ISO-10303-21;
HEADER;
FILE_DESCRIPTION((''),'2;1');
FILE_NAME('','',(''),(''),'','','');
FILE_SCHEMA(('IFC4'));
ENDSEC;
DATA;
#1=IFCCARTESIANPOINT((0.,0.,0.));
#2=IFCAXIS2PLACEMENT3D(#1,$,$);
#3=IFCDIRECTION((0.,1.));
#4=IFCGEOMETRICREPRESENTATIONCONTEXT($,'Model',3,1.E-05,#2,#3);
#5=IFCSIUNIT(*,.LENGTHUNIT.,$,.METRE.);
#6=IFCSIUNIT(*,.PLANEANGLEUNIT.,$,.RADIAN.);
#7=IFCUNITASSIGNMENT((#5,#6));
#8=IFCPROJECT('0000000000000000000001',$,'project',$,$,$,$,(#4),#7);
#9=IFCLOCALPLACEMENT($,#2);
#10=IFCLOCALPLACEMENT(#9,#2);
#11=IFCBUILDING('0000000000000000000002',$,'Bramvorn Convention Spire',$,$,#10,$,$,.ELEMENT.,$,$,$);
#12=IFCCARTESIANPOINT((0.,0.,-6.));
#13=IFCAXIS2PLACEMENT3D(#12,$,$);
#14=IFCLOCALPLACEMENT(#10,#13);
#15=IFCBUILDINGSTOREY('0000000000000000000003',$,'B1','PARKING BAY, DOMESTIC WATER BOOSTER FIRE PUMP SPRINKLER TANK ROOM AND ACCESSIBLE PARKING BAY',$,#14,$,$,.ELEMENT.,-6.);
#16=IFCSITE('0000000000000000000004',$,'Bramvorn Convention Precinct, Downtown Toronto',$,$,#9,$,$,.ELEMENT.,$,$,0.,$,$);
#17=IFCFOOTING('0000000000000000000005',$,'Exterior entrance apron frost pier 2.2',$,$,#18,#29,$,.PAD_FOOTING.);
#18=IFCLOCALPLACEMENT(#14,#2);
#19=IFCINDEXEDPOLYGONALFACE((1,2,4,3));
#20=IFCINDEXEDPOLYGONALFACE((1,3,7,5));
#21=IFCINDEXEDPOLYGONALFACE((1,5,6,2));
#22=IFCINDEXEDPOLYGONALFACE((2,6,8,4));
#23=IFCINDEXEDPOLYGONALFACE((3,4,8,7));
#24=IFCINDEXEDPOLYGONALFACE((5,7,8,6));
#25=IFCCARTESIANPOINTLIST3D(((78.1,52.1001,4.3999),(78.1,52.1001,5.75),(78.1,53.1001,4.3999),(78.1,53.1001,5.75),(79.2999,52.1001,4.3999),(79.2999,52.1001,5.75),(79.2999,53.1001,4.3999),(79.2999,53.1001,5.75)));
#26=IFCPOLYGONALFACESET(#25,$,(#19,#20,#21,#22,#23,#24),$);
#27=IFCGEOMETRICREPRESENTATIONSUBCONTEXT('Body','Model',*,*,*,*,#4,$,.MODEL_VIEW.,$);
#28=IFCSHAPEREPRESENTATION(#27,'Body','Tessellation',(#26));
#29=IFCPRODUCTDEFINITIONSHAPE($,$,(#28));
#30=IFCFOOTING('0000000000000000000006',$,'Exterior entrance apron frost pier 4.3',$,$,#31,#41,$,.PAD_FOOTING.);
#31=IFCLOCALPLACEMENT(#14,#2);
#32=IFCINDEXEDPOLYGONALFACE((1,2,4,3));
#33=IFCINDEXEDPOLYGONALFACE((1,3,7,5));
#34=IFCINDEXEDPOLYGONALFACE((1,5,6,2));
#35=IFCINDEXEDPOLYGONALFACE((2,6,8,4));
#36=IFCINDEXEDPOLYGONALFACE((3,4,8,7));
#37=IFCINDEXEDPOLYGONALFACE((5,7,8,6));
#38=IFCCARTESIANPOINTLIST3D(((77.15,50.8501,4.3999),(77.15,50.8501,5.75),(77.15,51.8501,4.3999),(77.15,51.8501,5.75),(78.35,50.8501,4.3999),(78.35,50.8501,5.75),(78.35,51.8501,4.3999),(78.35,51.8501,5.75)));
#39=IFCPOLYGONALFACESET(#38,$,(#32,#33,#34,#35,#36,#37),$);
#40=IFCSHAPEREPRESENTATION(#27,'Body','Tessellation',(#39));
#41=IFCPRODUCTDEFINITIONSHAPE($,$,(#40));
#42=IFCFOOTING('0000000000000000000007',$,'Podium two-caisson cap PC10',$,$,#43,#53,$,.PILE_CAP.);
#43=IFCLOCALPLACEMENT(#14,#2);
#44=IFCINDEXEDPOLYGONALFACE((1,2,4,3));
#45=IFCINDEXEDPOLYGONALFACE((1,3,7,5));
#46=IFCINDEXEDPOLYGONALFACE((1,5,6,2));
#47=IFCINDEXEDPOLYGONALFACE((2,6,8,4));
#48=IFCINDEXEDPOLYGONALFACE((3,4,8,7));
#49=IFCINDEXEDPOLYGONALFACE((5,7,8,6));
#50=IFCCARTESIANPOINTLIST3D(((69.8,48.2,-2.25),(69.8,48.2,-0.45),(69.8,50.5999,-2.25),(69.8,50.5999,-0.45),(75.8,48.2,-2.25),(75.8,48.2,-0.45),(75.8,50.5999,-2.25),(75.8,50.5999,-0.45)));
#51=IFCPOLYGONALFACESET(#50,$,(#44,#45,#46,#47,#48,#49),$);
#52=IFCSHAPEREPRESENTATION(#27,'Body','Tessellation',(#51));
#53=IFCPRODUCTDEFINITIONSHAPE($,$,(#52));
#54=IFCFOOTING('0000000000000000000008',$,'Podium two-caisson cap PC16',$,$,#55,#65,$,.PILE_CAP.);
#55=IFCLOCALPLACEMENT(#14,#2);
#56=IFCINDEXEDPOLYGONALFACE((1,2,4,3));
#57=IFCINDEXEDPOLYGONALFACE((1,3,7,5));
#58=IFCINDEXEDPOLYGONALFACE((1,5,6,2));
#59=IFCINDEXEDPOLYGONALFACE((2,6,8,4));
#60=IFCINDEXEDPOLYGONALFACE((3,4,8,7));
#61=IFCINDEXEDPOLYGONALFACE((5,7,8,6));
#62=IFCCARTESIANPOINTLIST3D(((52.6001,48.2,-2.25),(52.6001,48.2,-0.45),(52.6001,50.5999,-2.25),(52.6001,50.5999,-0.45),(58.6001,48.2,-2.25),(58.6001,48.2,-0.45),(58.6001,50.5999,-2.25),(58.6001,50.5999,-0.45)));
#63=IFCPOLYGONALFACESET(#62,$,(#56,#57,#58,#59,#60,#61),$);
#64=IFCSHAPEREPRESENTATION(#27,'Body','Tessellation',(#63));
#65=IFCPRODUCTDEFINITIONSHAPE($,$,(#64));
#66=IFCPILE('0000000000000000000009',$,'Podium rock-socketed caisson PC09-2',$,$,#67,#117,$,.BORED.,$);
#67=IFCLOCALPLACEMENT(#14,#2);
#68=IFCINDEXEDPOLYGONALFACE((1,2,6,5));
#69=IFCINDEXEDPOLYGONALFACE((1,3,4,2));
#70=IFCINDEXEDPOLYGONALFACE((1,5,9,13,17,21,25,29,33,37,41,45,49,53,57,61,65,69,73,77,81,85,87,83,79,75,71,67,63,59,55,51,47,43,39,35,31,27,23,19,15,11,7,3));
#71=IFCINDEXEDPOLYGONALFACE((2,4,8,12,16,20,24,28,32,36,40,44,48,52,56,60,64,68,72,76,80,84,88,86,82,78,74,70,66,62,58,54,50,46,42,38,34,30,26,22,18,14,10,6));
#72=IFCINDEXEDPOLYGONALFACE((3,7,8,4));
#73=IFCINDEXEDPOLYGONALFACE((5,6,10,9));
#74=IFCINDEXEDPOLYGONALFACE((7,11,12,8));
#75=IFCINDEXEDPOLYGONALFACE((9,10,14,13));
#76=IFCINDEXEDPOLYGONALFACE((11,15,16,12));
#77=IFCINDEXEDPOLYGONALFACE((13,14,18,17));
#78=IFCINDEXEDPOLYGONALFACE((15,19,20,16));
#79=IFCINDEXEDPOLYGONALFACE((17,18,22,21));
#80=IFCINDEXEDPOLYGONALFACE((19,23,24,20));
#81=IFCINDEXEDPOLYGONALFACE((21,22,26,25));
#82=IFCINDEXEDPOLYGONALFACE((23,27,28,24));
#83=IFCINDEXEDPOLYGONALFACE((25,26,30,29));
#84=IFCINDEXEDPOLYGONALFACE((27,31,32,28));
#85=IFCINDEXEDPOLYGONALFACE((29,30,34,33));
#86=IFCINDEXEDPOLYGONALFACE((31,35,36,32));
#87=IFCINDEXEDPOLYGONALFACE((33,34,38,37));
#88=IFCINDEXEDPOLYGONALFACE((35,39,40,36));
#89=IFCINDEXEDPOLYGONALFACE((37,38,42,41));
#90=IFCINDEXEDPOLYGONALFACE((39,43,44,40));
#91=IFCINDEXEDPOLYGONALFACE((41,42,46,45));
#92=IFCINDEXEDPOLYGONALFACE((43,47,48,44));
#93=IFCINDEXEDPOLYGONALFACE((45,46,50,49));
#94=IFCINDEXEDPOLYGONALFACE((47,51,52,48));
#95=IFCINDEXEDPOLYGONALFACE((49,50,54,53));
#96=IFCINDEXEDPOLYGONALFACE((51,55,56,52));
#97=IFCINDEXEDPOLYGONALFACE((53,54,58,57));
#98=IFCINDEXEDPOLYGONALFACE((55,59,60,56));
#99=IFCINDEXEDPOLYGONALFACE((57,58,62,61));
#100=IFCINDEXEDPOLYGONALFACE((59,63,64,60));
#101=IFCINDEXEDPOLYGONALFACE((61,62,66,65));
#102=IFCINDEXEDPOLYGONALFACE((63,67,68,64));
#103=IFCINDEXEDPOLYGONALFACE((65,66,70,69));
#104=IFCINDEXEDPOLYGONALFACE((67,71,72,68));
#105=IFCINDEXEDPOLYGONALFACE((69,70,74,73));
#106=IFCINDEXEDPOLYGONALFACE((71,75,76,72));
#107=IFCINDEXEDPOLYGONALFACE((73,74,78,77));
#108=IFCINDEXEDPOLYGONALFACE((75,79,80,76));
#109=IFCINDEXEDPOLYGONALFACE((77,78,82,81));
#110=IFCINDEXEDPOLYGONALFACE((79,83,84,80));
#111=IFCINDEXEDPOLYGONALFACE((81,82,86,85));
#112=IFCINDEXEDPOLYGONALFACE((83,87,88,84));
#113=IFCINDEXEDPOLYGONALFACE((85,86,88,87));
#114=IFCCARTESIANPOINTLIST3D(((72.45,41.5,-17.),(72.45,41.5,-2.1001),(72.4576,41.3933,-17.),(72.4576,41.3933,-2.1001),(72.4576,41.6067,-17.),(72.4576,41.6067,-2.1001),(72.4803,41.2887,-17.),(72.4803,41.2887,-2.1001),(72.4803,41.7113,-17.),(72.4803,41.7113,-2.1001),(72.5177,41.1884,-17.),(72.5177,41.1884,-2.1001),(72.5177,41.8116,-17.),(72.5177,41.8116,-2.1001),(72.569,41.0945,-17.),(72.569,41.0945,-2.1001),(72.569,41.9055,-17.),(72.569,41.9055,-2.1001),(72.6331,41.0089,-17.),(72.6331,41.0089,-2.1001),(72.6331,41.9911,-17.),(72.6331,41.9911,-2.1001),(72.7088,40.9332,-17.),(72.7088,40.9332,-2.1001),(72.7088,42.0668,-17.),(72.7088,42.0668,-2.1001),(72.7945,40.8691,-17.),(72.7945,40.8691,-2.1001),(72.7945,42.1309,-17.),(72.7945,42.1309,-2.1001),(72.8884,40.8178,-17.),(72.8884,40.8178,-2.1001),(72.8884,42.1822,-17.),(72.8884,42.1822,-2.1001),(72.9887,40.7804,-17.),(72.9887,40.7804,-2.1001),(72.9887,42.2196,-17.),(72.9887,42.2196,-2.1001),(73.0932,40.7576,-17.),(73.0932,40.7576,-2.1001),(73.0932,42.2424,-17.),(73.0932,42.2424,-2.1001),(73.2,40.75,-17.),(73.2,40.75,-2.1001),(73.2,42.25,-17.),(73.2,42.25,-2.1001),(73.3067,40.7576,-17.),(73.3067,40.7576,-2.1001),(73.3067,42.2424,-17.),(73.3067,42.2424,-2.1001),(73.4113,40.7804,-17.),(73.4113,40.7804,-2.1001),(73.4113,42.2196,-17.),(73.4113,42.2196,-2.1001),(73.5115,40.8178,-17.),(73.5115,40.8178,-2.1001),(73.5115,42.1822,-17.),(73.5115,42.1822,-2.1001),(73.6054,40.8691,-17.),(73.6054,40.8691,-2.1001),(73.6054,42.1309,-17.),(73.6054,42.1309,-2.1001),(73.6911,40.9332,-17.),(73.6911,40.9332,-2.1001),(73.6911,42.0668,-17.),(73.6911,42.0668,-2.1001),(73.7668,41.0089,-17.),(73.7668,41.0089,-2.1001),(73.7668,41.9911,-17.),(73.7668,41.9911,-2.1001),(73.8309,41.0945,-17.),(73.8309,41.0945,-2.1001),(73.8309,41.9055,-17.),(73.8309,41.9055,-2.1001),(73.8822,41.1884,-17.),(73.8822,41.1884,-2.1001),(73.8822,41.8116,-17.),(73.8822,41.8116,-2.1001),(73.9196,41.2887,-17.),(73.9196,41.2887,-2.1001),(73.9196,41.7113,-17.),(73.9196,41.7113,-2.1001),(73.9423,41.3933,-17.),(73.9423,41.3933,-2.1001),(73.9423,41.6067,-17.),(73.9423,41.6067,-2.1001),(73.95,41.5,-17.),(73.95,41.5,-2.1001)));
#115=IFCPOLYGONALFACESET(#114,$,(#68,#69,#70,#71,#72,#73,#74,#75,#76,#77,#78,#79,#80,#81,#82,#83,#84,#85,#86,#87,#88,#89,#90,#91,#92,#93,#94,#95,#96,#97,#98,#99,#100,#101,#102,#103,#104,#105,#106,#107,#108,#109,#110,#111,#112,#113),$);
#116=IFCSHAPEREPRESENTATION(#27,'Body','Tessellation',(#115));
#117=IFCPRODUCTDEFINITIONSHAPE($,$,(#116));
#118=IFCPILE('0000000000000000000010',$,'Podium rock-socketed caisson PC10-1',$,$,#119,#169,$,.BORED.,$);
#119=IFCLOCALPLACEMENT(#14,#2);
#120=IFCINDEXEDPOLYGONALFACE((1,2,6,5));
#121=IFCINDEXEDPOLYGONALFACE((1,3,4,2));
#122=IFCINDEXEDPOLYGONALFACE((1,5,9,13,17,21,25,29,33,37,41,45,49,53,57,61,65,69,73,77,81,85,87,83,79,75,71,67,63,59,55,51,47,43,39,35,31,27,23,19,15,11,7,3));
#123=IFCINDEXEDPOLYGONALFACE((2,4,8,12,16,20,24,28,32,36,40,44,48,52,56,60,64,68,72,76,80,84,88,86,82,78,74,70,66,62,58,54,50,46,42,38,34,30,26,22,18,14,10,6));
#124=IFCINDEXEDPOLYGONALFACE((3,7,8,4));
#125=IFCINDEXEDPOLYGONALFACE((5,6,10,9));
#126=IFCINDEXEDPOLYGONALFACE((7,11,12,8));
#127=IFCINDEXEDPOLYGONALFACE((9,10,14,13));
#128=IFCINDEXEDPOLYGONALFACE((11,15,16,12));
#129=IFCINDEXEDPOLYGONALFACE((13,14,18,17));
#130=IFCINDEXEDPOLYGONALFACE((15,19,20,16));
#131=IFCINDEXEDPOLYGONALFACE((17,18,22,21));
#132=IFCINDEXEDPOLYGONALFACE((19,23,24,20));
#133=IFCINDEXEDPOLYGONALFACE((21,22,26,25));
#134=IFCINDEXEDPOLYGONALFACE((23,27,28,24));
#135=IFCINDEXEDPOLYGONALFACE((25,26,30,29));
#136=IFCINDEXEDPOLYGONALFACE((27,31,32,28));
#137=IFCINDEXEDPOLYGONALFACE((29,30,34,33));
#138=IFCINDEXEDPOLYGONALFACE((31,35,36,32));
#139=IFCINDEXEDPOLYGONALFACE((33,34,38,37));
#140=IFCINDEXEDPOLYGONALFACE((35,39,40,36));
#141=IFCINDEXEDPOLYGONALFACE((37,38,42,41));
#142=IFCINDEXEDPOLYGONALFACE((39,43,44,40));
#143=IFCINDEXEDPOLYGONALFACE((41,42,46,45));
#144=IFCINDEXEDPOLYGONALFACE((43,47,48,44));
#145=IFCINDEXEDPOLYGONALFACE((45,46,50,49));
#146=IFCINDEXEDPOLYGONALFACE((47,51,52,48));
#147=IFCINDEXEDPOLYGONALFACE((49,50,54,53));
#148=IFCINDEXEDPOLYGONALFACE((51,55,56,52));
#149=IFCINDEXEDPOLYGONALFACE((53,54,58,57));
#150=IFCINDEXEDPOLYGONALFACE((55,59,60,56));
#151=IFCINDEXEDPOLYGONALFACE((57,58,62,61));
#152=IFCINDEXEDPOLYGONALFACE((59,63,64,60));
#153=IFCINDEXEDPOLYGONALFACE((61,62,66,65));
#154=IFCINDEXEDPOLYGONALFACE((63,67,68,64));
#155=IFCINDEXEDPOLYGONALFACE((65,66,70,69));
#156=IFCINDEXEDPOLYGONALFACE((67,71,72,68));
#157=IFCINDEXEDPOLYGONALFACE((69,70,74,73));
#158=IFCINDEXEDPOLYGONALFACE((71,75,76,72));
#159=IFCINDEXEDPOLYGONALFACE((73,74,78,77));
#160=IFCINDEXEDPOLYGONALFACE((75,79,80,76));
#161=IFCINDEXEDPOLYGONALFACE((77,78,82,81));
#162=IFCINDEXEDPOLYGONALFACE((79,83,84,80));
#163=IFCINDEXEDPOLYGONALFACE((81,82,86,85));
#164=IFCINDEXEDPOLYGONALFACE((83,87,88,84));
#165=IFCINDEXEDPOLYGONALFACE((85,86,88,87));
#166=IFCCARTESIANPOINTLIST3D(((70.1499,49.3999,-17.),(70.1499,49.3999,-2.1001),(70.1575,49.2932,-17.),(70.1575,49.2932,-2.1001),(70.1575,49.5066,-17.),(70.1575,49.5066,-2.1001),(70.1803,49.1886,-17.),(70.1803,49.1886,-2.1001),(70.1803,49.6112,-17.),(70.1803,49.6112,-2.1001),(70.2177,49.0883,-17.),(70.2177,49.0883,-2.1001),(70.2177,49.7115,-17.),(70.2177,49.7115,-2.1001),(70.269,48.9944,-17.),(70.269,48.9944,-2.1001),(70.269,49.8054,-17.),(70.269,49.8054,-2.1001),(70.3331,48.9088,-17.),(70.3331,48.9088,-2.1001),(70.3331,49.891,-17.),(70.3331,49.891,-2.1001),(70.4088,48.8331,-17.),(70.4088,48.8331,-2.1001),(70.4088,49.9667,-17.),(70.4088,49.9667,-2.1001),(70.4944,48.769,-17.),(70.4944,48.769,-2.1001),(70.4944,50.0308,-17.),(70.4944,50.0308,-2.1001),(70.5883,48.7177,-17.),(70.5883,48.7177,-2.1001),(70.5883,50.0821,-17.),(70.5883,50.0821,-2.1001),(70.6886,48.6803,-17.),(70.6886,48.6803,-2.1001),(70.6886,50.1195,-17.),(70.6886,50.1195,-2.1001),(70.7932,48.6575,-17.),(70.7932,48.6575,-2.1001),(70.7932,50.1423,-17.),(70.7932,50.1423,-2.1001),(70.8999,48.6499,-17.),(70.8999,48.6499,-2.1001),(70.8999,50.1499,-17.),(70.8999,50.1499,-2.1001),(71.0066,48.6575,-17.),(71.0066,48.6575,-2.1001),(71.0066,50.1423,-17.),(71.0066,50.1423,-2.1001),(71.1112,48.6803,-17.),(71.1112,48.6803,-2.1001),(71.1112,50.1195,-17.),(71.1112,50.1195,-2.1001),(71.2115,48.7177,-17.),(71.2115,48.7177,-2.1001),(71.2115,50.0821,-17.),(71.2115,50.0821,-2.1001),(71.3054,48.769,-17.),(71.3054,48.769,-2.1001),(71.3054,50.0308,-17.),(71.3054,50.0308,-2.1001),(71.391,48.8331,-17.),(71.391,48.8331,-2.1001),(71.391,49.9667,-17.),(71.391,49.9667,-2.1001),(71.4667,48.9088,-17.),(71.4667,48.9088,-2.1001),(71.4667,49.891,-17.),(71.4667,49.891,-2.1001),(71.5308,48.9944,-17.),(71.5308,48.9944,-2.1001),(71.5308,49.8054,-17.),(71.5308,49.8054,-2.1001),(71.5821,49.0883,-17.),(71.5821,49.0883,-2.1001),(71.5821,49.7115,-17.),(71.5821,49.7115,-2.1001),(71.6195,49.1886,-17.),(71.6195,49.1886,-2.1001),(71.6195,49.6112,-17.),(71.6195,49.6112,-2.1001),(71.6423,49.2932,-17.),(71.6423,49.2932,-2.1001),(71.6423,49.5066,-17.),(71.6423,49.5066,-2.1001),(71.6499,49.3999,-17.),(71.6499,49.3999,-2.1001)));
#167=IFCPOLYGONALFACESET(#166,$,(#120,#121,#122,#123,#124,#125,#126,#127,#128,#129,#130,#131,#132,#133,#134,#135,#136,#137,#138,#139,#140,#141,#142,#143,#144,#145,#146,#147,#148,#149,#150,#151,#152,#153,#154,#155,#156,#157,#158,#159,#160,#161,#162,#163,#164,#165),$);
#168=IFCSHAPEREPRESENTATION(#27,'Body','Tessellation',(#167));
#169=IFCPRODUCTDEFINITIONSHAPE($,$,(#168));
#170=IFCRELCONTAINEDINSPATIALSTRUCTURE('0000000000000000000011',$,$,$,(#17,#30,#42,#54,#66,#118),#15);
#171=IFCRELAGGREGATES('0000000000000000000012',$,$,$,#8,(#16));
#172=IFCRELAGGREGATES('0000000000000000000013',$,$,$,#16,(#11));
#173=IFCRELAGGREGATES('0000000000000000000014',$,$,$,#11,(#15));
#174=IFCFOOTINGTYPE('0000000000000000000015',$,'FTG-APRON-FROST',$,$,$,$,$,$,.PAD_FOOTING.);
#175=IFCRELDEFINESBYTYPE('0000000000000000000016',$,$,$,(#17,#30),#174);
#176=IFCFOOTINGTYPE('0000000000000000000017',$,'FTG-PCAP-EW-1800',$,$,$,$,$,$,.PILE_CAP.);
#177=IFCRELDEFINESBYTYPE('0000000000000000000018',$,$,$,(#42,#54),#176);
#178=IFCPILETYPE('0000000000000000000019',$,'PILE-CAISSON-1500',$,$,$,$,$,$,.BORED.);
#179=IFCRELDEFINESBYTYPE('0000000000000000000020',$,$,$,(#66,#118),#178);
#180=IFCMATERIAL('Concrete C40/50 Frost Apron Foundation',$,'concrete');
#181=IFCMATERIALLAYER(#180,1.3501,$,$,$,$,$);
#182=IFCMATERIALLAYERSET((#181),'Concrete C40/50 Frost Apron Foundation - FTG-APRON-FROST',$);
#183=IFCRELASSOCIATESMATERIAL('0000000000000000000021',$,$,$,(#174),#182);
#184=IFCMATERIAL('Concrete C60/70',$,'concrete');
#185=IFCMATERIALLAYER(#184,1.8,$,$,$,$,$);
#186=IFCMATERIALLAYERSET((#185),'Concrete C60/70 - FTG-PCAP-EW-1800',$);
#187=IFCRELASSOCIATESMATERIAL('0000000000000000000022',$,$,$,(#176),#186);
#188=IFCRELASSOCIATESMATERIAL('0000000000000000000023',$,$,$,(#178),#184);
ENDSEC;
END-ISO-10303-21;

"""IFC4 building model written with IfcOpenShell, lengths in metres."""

from ifc_helpers import new_model, si_unit, direction, frame, origin, origin_2d, place, context, subcontext, project, spatial, rectangle, circle, extrude, material, layer, layer_set, material_profile, profile_set, type_object, element, save


model = new_model("IFC4")

# Units and contexts
model_context = context("Model", 3, precision=1e-05, world=origin(), true_north=direction((0.0, 1.0)))
body_context = subcontext(model_context, "Body", "Model", "MODEL_VIEW")
ifc_project = project(units=[si_unit("LENGTHUNIT", "METRE"), si_unit("PLANEANGLEUNIT", "RADIAN")], contexts=[model_context])

# Site, building, storey
site_placement = place(None, origin())
site = spatial("IfcSite", under=ifc_project, at=site_placement, Name="Bramvorn Convention Precinct, Downtown Toronto", CompositionType="ELEMENT", RefElevation=0.0)
building_placement = place(site_placement, origin())
building = spatial("IfcBuilding", under=site, at=building_placement, Name="Bramvorn Convention Spire", CompositionType="ELEMENT")
storey_placement = place(building_placement, frame((0.0, 0.0, -6.0)))
storey = spatial("IfcBuildingStorey", under=building, at=storey_placement, Name="B1", Description="PARKING BAY, DOMESTIC WATER BOOSTER FIRE PUMP SPRINKLER TANK ROOM AND ACCESSIBLE PARKING BAY", CompositionType="ELEMENT", Elevation=-6.0)

# Footings
ifc_material_1 = material(Name="Concrete C40/50 Frost Apron Foundation", Category="concrete")
ifc_layer_1 = layer(ifc_material_1, 1.3501)
ifc_layer_set_1 = layer_set([ifc_layer_1], Name="Concrete C40/50 Frost Apron Foundation - FTG-APRON-FROST")
footing_type_1 = type_object("IfcFootingType", Name="FTG-APRON-FROST", PredefinedType="PAD_FOOTING", material=ifc_layer_set_1)
for number, where, z_axis, x_axis, name in (
    (1, (78.7, 52.6001, 4.3999), (0.0, 0.0, 1.0), (1.0, 0.0, 0.0), "Exterior entrance apron frost pier 2.2"),
    (2, (77.75, 51.3501, 4.3999), (0.0, 0.0, 1.0), (1.0, 0.0, 0.0), "Exterior entrance apron frost pier 4.3"),
):
    element("IfcFooting", number, at=place(storey_placement, frame(where, z_axis=z_axis, x_axis=x_axis)), inside=storey, type_object=footing_type_1, Name=name, PredefinedType="PAD_FOOTING", context=body_context, shape_type="SweptSolid", body=[
        extrude(rectangle(XDim=1.2, YDim=1.0, at=origin_2d()), origin(), (0.0, 0.0, 1.0), 1.3501),
    ])
ifc_material_2 = material(Name="Concrete C60/70", Category="concrete")
ifc_layer_2 = layer(ifc_material_2, 1.8)
ifc_layer_set_2 = layer_set([ifc_layer_2], Name="Concrete C60/70 - FTG-PCAP-EW-1800")
footing_type_2 = type_object("IfcFootingType", Name="FTG-PCAP-EW-1800", PredefinedType="PILE_CAP", material=ifc_layer_set_2)
for number, where, z_axis, x_axis, name in (
    (3, (72.8, 49.3999, -2.25), (0.0, 0.0, 1.0), (1.0, 0.0, 0.0), "Podium two-caisson cap PC10"),
    (4, (55.6001, 49.3999, -2.25), (0.0, 0.0, 1.0), (1.0, 0.0, 0.0), "Podium two-caisson cap PC16"),
):
    element("IfcFooting", number, at=place(storey_placement, frame(where, z_axis=z_axis, x_axis=x_axis)), inside=storey, type_object=footing_type_2, Name=name, PredefinedType="PILE_CAP", context=body_context, shape_type="SweptSolid", body=[
        extrude(rectangle(XDim=6.0, YDim=2.3999, at=origin_2d()), origin(), (0.0, 0.0, 1.0), 1.8),
    ])

# Piles
ifc_material_profile_1 = material_profile(ifc_material_2, circle(Radius=0.75, at=origin_2d()))
ifc_profile_set_1 = profile_set([ifc_material_profile_1], Name="Concrete C60/70 - CAISSON1500")
pile_type_1 = type_object("IfcPileType", Name="PILE-CAISSON-1500", PredefinedType="BORED", material=ifc_profile_set_1)
for number, where, z_axis, x_axis, name in (
    (5, (73.2, 41.5, -2.1001), (0.0, 0.0, -1.0), (1.0, 0.0, 0.0), "Podium rock-socketed caisson PC09-2"),
    (6, (70.8999, 49.3999, -2.1001), (0.0, 0.0, -1.0), (1.0, 0.0, 0.0), "Podium rock-socketed caisson PC10-1"),
):
    element("IfcPile", number, at=place(storey_placement, frame(where, z_axis=z_axis, x_axis=x_axis)), inside=storey, type_object=pile_type_1, Name=name, PredefinedType="BORED", context=body_context, shape_type="SweptSolid", body=[
        extrude(circle(Radius=0.75, at=origin_2d()), origin(), (0.0, 0.0, 1.0), 14.8999),
    ])

save(model, "model.ifc")
